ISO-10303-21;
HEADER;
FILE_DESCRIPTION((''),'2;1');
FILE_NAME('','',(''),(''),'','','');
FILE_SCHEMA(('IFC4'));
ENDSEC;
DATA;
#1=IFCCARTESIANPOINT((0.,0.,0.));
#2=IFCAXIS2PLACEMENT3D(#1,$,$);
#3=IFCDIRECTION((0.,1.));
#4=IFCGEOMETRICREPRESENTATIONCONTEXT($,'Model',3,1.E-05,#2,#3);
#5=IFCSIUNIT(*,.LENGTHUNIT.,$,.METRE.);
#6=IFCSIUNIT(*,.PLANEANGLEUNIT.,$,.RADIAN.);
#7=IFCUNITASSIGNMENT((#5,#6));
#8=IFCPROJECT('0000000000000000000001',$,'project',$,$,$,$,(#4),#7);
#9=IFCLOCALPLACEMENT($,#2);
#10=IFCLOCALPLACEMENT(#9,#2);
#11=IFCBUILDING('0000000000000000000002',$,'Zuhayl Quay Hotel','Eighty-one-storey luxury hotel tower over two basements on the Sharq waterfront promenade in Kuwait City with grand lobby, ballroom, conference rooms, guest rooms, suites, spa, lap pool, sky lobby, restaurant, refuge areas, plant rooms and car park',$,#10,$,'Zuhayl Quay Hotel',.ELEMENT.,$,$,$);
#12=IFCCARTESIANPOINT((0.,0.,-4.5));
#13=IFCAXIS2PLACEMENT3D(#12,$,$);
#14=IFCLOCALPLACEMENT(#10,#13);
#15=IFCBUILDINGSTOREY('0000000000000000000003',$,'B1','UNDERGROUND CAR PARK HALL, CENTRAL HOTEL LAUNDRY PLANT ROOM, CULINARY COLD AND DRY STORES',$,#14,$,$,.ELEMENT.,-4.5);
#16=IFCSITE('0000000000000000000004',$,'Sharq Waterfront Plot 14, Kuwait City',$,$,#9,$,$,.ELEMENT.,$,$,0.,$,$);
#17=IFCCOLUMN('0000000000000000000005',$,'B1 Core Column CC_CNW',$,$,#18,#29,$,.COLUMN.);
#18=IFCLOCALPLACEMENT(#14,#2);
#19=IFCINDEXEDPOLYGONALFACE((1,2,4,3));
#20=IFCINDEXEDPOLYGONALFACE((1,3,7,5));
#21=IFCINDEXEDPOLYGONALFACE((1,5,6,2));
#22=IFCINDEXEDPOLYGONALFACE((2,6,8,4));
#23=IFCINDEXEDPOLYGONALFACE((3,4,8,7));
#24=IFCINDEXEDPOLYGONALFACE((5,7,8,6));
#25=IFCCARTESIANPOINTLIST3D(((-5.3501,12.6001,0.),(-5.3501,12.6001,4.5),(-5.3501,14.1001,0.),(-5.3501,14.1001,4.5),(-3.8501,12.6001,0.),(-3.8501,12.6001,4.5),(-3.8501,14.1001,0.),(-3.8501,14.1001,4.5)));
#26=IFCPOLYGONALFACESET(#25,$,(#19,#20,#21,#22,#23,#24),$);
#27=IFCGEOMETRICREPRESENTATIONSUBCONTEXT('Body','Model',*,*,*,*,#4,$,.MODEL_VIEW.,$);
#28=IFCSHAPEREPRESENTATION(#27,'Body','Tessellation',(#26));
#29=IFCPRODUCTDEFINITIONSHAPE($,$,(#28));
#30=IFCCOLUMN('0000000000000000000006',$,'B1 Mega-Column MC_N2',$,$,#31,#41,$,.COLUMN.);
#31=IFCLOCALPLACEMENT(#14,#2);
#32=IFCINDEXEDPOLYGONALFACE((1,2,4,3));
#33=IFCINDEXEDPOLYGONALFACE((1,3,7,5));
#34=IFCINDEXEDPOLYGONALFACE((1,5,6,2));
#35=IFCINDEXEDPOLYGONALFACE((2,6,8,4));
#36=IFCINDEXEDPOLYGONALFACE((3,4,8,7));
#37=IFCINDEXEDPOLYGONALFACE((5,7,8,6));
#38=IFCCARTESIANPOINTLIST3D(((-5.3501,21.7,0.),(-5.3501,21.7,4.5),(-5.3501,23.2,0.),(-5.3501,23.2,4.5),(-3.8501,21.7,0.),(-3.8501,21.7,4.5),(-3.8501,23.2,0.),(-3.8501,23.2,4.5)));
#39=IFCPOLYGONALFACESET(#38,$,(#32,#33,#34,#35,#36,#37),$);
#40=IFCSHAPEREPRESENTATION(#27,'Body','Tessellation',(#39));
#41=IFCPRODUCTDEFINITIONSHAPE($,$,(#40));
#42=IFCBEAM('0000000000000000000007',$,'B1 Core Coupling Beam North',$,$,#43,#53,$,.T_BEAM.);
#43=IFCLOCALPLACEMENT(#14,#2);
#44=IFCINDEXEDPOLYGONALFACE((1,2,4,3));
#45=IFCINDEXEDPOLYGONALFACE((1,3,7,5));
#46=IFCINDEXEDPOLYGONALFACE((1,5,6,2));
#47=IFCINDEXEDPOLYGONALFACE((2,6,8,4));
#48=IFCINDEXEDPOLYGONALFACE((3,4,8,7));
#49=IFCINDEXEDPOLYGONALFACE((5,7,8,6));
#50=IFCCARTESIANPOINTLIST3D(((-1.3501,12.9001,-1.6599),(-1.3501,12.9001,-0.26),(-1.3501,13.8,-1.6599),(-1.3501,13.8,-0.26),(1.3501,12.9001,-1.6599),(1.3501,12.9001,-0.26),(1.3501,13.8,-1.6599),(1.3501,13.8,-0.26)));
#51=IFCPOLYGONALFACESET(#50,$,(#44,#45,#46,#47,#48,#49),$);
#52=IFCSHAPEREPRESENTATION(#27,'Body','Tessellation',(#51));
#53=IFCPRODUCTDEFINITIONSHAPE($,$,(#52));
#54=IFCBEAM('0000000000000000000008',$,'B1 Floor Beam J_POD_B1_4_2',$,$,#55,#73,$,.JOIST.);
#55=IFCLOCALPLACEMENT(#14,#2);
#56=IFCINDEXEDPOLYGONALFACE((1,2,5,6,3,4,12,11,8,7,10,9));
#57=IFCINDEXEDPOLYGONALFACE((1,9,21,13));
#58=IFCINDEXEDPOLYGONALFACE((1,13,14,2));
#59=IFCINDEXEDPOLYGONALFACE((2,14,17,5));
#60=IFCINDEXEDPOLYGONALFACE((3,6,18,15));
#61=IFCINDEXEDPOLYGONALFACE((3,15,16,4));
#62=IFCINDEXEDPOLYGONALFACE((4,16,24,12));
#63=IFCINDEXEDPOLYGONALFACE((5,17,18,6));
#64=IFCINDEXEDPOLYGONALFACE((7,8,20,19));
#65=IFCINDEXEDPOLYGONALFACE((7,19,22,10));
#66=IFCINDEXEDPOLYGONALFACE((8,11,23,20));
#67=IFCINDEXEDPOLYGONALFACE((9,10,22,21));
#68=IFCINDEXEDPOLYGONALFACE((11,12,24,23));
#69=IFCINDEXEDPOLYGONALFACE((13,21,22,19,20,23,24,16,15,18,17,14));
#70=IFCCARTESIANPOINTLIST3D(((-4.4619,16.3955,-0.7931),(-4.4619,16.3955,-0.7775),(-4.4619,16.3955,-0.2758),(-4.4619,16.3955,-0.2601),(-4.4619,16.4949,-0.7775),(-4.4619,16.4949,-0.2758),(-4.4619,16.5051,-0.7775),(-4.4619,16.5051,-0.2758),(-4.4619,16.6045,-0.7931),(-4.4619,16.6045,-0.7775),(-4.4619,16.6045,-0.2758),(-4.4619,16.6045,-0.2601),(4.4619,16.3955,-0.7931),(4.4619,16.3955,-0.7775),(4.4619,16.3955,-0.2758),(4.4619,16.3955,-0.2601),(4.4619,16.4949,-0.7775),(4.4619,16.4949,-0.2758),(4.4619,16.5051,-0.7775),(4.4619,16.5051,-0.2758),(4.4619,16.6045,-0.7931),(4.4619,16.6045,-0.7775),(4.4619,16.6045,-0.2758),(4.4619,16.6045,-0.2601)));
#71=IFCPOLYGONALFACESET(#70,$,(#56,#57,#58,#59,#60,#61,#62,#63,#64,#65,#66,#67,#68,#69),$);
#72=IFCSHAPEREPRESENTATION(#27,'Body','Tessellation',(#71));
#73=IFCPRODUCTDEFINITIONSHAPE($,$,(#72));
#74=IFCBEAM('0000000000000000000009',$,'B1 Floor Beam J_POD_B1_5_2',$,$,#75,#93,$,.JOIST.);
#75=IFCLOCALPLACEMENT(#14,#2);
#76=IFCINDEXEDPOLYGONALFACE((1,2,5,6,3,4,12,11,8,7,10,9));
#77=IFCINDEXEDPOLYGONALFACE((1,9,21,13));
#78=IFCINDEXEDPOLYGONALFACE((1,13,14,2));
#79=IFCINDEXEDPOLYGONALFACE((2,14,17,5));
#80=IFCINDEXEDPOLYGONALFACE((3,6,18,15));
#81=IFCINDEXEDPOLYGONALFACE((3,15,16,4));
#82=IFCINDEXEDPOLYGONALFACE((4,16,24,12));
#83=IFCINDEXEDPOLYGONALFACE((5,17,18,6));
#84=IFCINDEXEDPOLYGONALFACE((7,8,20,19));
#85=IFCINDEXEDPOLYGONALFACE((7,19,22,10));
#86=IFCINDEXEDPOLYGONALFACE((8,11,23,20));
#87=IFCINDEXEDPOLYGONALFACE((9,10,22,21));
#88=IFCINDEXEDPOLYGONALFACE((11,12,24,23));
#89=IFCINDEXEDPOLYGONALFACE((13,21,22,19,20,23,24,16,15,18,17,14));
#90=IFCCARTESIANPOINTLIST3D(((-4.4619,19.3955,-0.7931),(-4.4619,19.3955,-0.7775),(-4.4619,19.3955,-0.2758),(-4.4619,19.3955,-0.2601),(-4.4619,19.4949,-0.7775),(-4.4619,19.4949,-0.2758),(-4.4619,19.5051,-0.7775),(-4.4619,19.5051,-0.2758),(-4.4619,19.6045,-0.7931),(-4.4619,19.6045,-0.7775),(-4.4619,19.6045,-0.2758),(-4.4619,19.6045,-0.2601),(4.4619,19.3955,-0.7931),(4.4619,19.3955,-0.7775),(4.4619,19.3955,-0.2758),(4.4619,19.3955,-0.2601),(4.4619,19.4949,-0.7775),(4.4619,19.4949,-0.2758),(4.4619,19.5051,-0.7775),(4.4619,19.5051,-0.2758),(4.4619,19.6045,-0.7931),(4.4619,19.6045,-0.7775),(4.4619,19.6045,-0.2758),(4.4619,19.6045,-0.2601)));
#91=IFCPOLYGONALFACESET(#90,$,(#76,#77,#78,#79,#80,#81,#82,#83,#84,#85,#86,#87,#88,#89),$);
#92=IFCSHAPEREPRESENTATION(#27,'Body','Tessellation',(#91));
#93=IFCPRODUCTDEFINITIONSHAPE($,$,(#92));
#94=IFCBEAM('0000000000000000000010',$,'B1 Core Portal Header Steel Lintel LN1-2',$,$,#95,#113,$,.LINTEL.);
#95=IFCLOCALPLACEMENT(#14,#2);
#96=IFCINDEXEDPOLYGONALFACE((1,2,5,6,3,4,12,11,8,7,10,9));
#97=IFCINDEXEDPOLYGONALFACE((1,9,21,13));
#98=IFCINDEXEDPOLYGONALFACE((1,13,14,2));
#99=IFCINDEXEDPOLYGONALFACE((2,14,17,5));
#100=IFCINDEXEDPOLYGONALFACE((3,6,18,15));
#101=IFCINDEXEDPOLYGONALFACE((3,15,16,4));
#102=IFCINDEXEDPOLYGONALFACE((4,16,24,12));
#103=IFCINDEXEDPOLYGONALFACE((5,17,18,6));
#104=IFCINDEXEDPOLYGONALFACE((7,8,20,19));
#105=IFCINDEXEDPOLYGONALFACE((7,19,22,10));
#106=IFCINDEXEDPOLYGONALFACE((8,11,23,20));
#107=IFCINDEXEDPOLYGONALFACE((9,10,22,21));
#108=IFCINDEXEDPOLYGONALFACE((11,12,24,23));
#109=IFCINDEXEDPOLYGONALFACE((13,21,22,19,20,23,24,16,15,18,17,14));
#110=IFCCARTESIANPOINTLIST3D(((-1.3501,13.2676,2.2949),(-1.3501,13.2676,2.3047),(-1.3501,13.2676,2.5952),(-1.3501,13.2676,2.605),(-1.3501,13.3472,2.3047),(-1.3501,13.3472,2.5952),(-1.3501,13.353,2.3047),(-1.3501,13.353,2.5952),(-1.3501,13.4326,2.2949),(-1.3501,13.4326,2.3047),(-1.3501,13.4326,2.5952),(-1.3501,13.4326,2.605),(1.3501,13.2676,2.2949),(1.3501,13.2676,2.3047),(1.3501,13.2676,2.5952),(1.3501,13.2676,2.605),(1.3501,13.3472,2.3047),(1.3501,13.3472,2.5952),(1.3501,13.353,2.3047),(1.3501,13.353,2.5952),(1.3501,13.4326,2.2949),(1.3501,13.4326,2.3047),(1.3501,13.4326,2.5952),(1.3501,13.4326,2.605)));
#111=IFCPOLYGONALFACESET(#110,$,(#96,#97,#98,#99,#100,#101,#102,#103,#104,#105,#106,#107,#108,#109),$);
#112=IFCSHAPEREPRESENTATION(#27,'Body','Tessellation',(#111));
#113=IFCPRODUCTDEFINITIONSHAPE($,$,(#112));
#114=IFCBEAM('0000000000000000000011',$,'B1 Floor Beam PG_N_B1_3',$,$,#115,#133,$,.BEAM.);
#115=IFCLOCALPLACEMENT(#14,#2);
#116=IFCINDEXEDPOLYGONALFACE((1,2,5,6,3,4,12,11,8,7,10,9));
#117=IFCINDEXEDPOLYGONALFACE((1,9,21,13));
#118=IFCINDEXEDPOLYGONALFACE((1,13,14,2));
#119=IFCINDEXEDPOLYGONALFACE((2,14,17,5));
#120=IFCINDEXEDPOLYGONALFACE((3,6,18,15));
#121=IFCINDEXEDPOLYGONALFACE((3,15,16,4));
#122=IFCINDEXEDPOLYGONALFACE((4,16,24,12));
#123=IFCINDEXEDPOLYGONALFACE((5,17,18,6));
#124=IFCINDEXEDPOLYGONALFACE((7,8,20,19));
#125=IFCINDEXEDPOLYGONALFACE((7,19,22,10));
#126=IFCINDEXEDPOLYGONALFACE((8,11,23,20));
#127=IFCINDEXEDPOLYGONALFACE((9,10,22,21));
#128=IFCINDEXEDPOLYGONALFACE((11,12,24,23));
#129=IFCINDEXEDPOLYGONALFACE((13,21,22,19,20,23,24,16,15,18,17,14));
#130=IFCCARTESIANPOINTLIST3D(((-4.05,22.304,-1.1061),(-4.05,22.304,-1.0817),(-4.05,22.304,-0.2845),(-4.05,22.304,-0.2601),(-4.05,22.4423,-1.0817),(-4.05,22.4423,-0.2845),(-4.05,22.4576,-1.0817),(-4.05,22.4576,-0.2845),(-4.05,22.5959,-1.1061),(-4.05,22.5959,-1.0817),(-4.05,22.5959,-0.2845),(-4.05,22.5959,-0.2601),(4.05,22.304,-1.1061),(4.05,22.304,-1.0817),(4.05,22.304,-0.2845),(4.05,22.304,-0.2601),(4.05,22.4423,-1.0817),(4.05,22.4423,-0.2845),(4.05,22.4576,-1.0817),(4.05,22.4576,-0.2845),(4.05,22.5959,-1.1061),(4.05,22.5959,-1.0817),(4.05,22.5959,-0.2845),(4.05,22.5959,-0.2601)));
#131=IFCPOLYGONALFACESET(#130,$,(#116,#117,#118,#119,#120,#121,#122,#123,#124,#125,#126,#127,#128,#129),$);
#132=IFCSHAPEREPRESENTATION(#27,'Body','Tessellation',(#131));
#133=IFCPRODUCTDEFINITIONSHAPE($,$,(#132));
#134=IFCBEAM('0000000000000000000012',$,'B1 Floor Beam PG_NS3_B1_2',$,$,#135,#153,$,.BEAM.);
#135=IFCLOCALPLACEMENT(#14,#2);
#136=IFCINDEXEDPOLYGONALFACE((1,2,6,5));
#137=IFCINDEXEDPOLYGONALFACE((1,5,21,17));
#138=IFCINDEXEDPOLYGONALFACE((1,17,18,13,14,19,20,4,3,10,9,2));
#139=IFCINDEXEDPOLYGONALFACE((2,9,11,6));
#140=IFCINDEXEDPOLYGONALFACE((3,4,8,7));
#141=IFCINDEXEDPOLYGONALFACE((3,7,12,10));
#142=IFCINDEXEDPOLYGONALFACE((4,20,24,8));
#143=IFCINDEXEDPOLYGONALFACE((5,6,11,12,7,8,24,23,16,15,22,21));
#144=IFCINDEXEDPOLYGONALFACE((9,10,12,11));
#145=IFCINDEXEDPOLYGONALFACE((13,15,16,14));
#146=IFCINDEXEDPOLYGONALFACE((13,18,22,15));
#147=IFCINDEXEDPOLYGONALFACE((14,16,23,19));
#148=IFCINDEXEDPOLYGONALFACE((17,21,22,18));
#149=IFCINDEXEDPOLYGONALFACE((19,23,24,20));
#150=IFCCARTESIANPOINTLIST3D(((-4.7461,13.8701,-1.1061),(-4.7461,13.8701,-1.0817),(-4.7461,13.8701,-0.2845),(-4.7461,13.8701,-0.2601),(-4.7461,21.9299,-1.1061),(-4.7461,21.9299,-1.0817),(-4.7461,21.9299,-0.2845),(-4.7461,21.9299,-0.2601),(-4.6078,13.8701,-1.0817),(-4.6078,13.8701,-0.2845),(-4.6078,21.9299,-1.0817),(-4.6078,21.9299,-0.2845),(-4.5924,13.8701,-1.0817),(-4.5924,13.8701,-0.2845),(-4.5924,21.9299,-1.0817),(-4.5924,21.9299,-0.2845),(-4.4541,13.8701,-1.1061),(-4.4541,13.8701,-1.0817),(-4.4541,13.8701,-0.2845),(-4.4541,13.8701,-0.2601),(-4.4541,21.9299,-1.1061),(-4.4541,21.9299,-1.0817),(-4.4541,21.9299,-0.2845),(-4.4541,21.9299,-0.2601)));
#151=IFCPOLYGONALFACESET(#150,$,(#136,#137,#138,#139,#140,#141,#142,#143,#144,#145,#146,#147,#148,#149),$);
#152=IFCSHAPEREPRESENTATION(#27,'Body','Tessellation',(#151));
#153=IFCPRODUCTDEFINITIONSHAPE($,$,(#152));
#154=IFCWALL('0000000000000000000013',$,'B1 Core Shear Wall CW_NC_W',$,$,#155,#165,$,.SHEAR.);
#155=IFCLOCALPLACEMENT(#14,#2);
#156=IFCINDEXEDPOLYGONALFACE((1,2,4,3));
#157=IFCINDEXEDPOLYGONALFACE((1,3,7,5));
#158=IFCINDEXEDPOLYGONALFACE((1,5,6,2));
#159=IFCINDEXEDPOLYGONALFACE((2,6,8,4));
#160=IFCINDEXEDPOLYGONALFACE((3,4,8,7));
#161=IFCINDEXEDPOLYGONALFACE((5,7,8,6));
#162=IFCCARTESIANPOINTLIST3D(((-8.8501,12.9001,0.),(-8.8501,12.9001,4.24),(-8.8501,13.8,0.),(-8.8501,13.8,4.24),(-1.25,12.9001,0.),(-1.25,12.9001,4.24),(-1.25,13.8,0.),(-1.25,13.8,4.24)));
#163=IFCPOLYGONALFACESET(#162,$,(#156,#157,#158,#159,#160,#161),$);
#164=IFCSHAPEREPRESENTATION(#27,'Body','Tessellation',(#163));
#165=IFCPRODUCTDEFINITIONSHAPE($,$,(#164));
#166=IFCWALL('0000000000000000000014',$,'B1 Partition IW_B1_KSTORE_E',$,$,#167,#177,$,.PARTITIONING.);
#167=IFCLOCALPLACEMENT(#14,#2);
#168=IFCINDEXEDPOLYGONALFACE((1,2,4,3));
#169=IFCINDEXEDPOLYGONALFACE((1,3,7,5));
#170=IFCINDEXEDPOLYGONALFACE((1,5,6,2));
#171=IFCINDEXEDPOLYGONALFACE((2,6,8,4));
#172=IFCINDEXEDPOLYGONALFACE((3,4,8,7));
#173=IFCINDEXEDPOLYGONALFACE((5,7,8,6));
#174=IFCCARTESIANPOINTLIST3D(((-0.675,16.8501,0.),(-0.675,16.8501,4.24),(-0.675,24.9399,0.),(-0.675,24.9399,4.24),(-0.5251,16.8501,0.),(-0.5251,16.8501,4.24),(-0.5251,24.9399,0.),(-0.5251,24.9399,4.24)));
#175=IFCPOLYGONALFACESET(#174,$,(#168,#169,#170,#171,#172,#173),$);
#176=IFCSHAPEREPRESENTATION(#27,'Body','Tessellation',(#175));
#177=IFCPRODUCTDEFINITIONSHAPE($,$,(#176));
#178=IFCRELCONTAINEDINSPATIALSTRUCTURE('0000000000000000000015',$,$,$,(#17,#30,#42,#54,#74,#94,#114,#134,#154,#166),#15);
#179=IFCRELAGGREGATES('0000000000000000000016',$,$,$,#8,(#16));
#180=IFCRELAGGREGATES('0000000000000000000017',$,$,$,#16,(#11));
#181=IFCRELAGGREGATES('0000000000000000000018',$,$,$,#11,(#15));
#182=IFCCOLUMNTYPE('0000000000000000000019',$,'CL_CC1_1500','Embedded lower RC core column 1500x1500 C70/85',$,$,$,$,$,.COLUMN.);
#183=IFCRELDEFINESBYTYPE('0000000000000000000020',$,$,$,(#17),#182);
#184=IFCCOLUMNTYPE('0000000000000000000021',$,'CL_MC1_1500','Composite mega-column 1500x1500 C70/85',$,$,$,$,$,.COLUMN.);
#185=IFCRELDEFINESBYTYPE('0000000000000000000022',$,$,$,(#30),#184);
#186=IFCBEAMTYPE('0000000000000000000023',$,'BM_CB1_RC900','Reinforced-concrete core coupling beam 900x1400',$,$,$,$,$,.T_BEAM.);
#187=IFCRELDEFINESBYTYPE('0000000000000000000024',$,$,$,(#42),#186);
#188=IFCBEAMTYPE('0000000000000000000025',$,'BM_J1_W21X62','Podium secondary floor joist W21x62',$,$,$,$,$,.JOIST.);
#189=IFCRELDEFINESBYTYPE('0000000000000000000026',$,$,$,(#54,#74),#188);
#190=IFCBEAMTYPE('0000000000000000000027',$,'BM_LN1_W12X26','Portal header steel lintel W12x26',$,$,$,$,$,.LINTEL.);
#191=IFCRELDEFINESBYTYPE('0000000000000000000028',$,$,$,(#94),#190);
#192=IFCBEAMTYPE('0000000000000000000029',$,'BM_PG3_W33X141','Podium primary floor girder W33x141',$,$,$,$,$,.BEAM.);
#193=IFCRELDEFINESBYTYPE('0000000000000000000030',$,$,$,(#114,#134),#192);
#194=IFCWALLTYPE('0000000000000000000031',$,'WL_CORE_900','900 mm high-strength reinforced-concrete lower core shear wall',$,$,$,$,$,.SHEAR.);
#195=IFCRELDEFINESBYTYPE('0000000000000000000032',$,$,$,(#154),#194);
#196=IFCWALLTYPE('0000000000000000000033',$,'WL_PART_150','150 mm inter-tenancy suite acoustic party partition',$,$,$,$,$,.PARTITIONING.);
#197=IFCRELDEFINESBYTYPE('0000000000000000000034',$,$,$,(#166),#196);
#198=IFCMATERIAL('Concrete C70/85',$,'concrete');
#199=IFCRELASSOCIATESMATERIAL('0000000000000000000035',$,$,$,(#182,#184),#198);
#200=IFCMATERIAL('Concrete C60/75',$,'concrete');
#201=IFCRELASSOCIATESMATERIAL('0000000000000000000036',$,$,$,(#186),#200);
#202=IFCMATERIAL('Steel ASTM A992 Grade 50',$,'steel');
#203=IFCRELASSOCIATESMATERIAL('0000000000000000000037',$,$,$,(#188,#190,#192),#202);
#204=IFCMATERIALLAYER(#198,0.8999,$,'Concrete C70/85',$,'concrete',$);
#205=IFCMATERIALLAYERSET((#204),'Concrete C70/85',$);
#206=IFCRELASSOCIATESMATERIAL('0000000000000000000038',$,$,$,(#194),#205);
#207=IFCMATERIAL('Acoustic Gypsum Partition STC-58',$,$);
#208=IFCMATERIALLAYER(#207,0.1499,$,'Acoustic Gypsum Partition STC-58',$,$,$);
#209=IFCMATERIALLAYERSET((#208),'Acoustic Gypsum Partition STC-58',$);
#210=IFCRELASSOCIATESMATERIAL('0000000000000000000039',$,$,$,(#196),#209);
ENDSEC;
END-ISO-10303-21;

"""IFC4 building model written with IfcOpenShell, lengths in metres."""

from ifc_helpers import new_model, si_unit, direction, frame, frame_2d, origin, origin_2d, place, context, subcontext, project, spatial, rectangle, i_section, extrude, material, layer, layer_set, material_profile, profile_set, type_object, element, save


model = new_model("IFC4")

# Units and contexts
model_context = context("Model", 3, precision=1e-05, world=origin(), true_north=direction((0.0, 1.0)))
body_context = subcontext(model_context, "Body", "Model", "MODEL_VIEW")
ifc_project = project(units=[si_unit("LENGTHUNIT", "METRE"), si_unit("PLANEANGLEUNIT", "RADIAN")], contexts=[model_context])

# Site, building, storey
site_placement = place(None, origin())
site = spatial("IfcSite", under=ifc_project, at=site_placement, Name="Sharq Waterfront Plot 14, Kuwait City", CompositionType="ELEMENT", RefElevation=0.0)
building_placement = place(site_placement, origin())
building = spatial("IfcBuilding", under=site, at=building_placement, Name="Zuhayl Quay Hotel", Description="Eighty-one-storey luxury hotel tower over two basements on the Sharq waterfront promenade in Kuwait City with grand lobby, ballroom, conference rooms, guest rooms, suites, spa, lap pool, sky lobby, restaurant, refuge areas, plant rooms and car park", LongName="Zuhayl Quay Hotel", CompositionType="ELEMENT")
storey_placement = place(building_placement, frame((0.0, 0.0, -4.5)))
storey = spatial("IfcBuildingStorey", under=building, at=storey_placement, Name="B1", Description="UNDERGROUND CAR PARK HALL, CENTRAL HOTEL LAUNDRY PLANT ROOM, CULINARY COLD AND DRY STORES", CompositionType="ELEMENT", Elevation=-4.5)

# Columns
ifc_material_1 = material(Name="Concrete C70/85", Category="concrete")
ifc_material_profile_1 = material_profile(ifc_material_1, rectangle(XDim=1.5, YDim=1.5, at=origin_2d()), Name="RC1500X1500")
ifc_profile_set_1 = profile_set([ifc_material_profile_1], Name="Concrete C70/85")
column_type_1 = type_object("IfcColumnType", Name="CL_CC1_1500", Description="Embedded lower RC core column 1500x1500 C70/85", PredefinedType="COLUMN", material=ifc_profile_set_1)
column_1_placement = place(storey_placement, frame((-4.6001, 13.3501, 0.0), z_axis=(0.0, 0.0, 1.0), x_axis=(1.0, 0.0, 0.0)))
element("IfcColumn", 1, at=column_1_placement, inside=storey, type_object=column_type_1, Name="B1 Core Column CC_CNW", PredefinedType="COLUMN", context=body_context, shape_type="SweptSolid", body=[
    extrude(rectangle(XDim=1.5, YDim=1.5, at=origin_2d()), origin(), (0.0, 0.0, 1.0), 4.5),
])
ifc_material_profile_2 = material_profile(ifc_material_1, rectangle(XDim=1.5, YDim=1.5, at=origin_2d()), Name="RC1500X1500")
ifc_profile_set_2 = profile_set([ifc_material_profile_2], Name="Concrete C70/85")
column_type_2 = type_object("IfcColumnType", Name="CL_MC1_1500", Description="Composite mega-column 1500x1500 C70/85", PredefinedType="COLUMN", material=ifc_profile_set_2)
column_2_placement = place(storey_placement, frame((-4.6001, 22.45, 0.0), z_axis=(0.0, 0.0, 1.0), x_axis=(1.0, 0.0, 0.0)))
element("IfcColumn", 2, at=column_2_placement, inside=storey, type_object=column_type_2, Name="B1 Mega-Column MC_N2", PredefinedType="COLUMN", context=body_context, shape_type="SweptSolid", body=[
    extrude(rectangle(XDim=1.5, YDim=1.5, at=origin_2d()), origin(), (0.0, 0.0, 1.0), 4.5),
])

# Beams
ifc_material_2 = material(Name="Concrete C60/75", Category="concrete")
ifc_material_profile_3 = material_profile(ifc_material_2, rectangle(XDim=0.8999, YDim=1.3999, at=origin_2d()), Name="RC900X1400")
ifc_profile_set_3 = profile_set([ifc_material_profile_3], Name="Concrete C60/75")
beam_type_1 = type_object("IfcBeamType", Name="BM_CB1_RC900", Description="Reinforced-concrete core coupling beam 900x1400", PredefinedType="T_BEAM", material=ifc_profile_set_3)
beam_1_placement = place(storey_placement, frame((-1.3501, 13.3501, -0.96), z_axis=(1.0, 0.0, 0.0), x_axis=(0.0, 1.0, 0.0)))
element("IfcBeam", 3, at=beam_1_placement, inside=storey, type_object=beam_type_1, Name="B1 Core Coupling Beam North", PredefinedType="T_BEAM", context=body_context, shape_type="SweptSolid", body=[
    extrude(rectangle(XDim=0.8999, YDim=1.3999, at=origin_2d()), origin(), (0.0, 0.0, 1.0), 2.7002),
])
ifc_material_3 = material(Name="Steel ASTM A992 Grade 50", Category="steel")
ifc_material_profile_4 = material_profile(ifc_material_3, i_section(OverallWidth=0.209, OverallDepth=0.533, WebThickness=0.0103, FlangeThickness=0.0156, at=origin_2d()), Name="W21X62")
ifc_profile_set_4 = profile_set([ifc_material_profile_4], Name="Steel ASTM A992 Grade 50")
beam_type_2 = type_object("IfcBeamType", Name="BM_J1_W21X62", Description="Podium secondary floor joist W21x62", PredefinedType="JOIST", material=ifc_profile_set_4)
for number, where, z_axis, x_axis, name in (
    (4, (-4.4619, 16.5, -0.5266), (1.0, 0.0, 0.0), (0.0, 1.0, 0.0), "B1 Floor Beam J_POD_B1_4_2"),
    (5, (-4.4619, 19.5, -0.5266), (1.0, 0.0, 0.0), (0.0, 1.0, 0.0), "B1 Floor Beam J_POD_B1_5_2"),
):
    element("IfcBeam", number, at=place(storey_placement, frame(where, z_axis=z_axis, x_axis=x_axis)), inside=storey, type_object=beam_type_2, Name=name, PredefinedType="JOIST", context=body_context, shape_type="SweptSolid", body=[
        extrude(i_section(OverallWidth=0.209, OverallDepth=0.533, WebThickness=0.0103, FlangeThickness=0.0156, at=origin_2d()), origin(), (0.0, 0.0, 1.0), 8.9238),
    ])
ifc_material_profile_5 = material_profile(ifc_material_3, i_section(OverallWidth=0.165, OverallDepth=0.3101, WebThickness=0.0059, FlangeThickness=0.0098, at=origin_2d()), Name="W12X26")
ifc_profile_set_5 = profile_set([ifc_material_profile_5], Name="Steel ASTM A992 Grade 50")
beam_type_3 = type_object("IfcBeamType", Name="BM_LN1_W12X26", Description="Portal header steel lintel W12x26", PredefinedType="LINTEL", material=ifc_profile_set_5)
beam_2_placement = place(storey_placement, frame((-1.3501, 13.3501, 2.45), z_axis=(1.0, 0.0, 0.0), x_axis=(0.0, 1.0, 0.0)))
element("IfcBeam", 6, at=beam_2_placement, inside=storey, type_object=beam_type_3, Name="B1 Core Portal Header Steel Lintel LN1-2", PredefinedType="LINTEL", context=body_context, shape_type="SweptSolid", body=[
    extrude(i_section(OverallWidth=0.165, OverallDepth=0.3101, WebThickness=0.0059, FlangeThickness=0.0098, at=origin_2d()), origin(), (0.0, 0.0, 1.0), 2.7002),
])
ifc_material_profile_6 = material_profile(ifc_material_3, i_section(OverallWidth=0.292, OverallDepth=0.8459, WebThickness=0.0154, FlangeThickness=0.0244, at=origin_2d()), Name="W33X141")
ifc_profile_set_6 = profile_set([ifc_material_profile_6], Name="Steel ASTM A992 Grade 50")
beam_type_4 = type_object("IfcBeamType", Name="BM_PG3_W33X141", Description="Podium primary floor girder W33x141", PredefinedType="BEAM", material=ifc_profile_set_6)
beam_3_placement = place(storey_placement, frame((-4.05, 22.45, -0.6831), z_axis=(1.0, 0.0, 0.0), x_axis=(0.0, 1.0, 0.0)))
element("IfcBeam", 7, at=beam_3_placement, inside=storey, type_object=beam_type_4, Name="B1 Floor Beam PG_N_B1_3", PredefinedType="BEAM", context=body_context, shape_type="SweptSolid", body=[
    extrude(i_section(OverallWidth=0.292, OverallDepth=0.8459, WebThickness=0.0154, FlangeThickness=0.0244, at=origin_2d()), origin(), (0.0, 0.0, 1.0), 8.1001),
])
beam_4_placement = place(storey_placement, frame((-4.6001, 13.8701, -0.6831), z_axis=(0.0, 1.0, 0.0), x_axis=(-1.0, 0.0, 0.0)))
element("IfcBeam", 8, at=beam_4_placement, inside=storey, type_object=beam_type_4, Name="B1 Floor Beam PG_NS3_B1_2", PredefinedType="BEAM", context=body_context, shape_type="SweptSolid", body=[
    extrude(i_section(OverallWidth=0.292, OverallDepth=0.8459, WebThickness=0.0154, FlangeThickness=0.0244, at=origin_2d()), origin(), (0.0, 0.0, 1.0), 8.0598),
])

# Walls
ifc_layer_1 = layer(ifc_material_1, 0.8999, Name="Concrete C70/85", Category="concrete")
ifc_layer_set_1 = layer_set([ifc_layer_1], Name="Concrete C70/85")
wall_type_1 = type_object("IfcWallType", Name="WL_CORE_900", Description="900 mm high-strength reinforced-concrete lower core shear wall", PredefinedType="SHEAR", material=ifc_layer_set_1)
wall_1_placement = place(storey_placement, frame((-8.8501, 13.3501, 0.0), z_axis=(0.0, 0.0, 1.0), x_axis=(1.0, 0.0, 0.0)))
element("IfcWall", 9, at=wall_1_placement, inside=storey, type_object=wall_type_1, Name="B1 Core Shear Wall CW_NC_W", PredefinedType="SHEAR", context=body_context, shape_type="SweptSolid", body=[
    extrude(rectangle(XDim=7.6001, YDim=0.8999, at=frame_2d((3.8, 0.0))), origin(), (0.0, 0.0, 1.0), 4.24),
])
ifc_material_4 = material(Name="Acoustic Gypsum Partition STC-58")
ifc_layer_2 = layer(ifc_material_4, 0.1499, Name="Acoustic Gypsum Partition STC-58")
ifc_layer_set_2 = layer_set([ifc_layer_2], Name="Acoustic Gypsum Partition STC-58")
wall_type_2 = type_object("IfcWallType", Name="WL_PART_150", Description="150 mm inter-tenancy suite acoustic party partition", PredefinedType="PARTITIONING", material=ifc_layer_set_2)
wall_2_placement = place(storey_placement, frame((-0.6001, 16.8501, 0.0), z_axis=(0.0, 0.0, 1.0), x_axis=(0.0, 1.0, 0.0)))
element("IfcWall", 10, at=wall_2_placement, inside=storey, type_object=wall_type_2, Name="B1 Partition IW_B1_KSTORE_E", PredefinedType="PARTITIONING", context=body_context, shape_type="SweptSolid", body=[
    extrude(rectangle(XDim=8.0898, YDim=0.1499, at=frame_2d((4.0449, 0.0))), origin(), (0.0, 0.0, 1.0), 4.24),
])

save(model, "model.ifc")
